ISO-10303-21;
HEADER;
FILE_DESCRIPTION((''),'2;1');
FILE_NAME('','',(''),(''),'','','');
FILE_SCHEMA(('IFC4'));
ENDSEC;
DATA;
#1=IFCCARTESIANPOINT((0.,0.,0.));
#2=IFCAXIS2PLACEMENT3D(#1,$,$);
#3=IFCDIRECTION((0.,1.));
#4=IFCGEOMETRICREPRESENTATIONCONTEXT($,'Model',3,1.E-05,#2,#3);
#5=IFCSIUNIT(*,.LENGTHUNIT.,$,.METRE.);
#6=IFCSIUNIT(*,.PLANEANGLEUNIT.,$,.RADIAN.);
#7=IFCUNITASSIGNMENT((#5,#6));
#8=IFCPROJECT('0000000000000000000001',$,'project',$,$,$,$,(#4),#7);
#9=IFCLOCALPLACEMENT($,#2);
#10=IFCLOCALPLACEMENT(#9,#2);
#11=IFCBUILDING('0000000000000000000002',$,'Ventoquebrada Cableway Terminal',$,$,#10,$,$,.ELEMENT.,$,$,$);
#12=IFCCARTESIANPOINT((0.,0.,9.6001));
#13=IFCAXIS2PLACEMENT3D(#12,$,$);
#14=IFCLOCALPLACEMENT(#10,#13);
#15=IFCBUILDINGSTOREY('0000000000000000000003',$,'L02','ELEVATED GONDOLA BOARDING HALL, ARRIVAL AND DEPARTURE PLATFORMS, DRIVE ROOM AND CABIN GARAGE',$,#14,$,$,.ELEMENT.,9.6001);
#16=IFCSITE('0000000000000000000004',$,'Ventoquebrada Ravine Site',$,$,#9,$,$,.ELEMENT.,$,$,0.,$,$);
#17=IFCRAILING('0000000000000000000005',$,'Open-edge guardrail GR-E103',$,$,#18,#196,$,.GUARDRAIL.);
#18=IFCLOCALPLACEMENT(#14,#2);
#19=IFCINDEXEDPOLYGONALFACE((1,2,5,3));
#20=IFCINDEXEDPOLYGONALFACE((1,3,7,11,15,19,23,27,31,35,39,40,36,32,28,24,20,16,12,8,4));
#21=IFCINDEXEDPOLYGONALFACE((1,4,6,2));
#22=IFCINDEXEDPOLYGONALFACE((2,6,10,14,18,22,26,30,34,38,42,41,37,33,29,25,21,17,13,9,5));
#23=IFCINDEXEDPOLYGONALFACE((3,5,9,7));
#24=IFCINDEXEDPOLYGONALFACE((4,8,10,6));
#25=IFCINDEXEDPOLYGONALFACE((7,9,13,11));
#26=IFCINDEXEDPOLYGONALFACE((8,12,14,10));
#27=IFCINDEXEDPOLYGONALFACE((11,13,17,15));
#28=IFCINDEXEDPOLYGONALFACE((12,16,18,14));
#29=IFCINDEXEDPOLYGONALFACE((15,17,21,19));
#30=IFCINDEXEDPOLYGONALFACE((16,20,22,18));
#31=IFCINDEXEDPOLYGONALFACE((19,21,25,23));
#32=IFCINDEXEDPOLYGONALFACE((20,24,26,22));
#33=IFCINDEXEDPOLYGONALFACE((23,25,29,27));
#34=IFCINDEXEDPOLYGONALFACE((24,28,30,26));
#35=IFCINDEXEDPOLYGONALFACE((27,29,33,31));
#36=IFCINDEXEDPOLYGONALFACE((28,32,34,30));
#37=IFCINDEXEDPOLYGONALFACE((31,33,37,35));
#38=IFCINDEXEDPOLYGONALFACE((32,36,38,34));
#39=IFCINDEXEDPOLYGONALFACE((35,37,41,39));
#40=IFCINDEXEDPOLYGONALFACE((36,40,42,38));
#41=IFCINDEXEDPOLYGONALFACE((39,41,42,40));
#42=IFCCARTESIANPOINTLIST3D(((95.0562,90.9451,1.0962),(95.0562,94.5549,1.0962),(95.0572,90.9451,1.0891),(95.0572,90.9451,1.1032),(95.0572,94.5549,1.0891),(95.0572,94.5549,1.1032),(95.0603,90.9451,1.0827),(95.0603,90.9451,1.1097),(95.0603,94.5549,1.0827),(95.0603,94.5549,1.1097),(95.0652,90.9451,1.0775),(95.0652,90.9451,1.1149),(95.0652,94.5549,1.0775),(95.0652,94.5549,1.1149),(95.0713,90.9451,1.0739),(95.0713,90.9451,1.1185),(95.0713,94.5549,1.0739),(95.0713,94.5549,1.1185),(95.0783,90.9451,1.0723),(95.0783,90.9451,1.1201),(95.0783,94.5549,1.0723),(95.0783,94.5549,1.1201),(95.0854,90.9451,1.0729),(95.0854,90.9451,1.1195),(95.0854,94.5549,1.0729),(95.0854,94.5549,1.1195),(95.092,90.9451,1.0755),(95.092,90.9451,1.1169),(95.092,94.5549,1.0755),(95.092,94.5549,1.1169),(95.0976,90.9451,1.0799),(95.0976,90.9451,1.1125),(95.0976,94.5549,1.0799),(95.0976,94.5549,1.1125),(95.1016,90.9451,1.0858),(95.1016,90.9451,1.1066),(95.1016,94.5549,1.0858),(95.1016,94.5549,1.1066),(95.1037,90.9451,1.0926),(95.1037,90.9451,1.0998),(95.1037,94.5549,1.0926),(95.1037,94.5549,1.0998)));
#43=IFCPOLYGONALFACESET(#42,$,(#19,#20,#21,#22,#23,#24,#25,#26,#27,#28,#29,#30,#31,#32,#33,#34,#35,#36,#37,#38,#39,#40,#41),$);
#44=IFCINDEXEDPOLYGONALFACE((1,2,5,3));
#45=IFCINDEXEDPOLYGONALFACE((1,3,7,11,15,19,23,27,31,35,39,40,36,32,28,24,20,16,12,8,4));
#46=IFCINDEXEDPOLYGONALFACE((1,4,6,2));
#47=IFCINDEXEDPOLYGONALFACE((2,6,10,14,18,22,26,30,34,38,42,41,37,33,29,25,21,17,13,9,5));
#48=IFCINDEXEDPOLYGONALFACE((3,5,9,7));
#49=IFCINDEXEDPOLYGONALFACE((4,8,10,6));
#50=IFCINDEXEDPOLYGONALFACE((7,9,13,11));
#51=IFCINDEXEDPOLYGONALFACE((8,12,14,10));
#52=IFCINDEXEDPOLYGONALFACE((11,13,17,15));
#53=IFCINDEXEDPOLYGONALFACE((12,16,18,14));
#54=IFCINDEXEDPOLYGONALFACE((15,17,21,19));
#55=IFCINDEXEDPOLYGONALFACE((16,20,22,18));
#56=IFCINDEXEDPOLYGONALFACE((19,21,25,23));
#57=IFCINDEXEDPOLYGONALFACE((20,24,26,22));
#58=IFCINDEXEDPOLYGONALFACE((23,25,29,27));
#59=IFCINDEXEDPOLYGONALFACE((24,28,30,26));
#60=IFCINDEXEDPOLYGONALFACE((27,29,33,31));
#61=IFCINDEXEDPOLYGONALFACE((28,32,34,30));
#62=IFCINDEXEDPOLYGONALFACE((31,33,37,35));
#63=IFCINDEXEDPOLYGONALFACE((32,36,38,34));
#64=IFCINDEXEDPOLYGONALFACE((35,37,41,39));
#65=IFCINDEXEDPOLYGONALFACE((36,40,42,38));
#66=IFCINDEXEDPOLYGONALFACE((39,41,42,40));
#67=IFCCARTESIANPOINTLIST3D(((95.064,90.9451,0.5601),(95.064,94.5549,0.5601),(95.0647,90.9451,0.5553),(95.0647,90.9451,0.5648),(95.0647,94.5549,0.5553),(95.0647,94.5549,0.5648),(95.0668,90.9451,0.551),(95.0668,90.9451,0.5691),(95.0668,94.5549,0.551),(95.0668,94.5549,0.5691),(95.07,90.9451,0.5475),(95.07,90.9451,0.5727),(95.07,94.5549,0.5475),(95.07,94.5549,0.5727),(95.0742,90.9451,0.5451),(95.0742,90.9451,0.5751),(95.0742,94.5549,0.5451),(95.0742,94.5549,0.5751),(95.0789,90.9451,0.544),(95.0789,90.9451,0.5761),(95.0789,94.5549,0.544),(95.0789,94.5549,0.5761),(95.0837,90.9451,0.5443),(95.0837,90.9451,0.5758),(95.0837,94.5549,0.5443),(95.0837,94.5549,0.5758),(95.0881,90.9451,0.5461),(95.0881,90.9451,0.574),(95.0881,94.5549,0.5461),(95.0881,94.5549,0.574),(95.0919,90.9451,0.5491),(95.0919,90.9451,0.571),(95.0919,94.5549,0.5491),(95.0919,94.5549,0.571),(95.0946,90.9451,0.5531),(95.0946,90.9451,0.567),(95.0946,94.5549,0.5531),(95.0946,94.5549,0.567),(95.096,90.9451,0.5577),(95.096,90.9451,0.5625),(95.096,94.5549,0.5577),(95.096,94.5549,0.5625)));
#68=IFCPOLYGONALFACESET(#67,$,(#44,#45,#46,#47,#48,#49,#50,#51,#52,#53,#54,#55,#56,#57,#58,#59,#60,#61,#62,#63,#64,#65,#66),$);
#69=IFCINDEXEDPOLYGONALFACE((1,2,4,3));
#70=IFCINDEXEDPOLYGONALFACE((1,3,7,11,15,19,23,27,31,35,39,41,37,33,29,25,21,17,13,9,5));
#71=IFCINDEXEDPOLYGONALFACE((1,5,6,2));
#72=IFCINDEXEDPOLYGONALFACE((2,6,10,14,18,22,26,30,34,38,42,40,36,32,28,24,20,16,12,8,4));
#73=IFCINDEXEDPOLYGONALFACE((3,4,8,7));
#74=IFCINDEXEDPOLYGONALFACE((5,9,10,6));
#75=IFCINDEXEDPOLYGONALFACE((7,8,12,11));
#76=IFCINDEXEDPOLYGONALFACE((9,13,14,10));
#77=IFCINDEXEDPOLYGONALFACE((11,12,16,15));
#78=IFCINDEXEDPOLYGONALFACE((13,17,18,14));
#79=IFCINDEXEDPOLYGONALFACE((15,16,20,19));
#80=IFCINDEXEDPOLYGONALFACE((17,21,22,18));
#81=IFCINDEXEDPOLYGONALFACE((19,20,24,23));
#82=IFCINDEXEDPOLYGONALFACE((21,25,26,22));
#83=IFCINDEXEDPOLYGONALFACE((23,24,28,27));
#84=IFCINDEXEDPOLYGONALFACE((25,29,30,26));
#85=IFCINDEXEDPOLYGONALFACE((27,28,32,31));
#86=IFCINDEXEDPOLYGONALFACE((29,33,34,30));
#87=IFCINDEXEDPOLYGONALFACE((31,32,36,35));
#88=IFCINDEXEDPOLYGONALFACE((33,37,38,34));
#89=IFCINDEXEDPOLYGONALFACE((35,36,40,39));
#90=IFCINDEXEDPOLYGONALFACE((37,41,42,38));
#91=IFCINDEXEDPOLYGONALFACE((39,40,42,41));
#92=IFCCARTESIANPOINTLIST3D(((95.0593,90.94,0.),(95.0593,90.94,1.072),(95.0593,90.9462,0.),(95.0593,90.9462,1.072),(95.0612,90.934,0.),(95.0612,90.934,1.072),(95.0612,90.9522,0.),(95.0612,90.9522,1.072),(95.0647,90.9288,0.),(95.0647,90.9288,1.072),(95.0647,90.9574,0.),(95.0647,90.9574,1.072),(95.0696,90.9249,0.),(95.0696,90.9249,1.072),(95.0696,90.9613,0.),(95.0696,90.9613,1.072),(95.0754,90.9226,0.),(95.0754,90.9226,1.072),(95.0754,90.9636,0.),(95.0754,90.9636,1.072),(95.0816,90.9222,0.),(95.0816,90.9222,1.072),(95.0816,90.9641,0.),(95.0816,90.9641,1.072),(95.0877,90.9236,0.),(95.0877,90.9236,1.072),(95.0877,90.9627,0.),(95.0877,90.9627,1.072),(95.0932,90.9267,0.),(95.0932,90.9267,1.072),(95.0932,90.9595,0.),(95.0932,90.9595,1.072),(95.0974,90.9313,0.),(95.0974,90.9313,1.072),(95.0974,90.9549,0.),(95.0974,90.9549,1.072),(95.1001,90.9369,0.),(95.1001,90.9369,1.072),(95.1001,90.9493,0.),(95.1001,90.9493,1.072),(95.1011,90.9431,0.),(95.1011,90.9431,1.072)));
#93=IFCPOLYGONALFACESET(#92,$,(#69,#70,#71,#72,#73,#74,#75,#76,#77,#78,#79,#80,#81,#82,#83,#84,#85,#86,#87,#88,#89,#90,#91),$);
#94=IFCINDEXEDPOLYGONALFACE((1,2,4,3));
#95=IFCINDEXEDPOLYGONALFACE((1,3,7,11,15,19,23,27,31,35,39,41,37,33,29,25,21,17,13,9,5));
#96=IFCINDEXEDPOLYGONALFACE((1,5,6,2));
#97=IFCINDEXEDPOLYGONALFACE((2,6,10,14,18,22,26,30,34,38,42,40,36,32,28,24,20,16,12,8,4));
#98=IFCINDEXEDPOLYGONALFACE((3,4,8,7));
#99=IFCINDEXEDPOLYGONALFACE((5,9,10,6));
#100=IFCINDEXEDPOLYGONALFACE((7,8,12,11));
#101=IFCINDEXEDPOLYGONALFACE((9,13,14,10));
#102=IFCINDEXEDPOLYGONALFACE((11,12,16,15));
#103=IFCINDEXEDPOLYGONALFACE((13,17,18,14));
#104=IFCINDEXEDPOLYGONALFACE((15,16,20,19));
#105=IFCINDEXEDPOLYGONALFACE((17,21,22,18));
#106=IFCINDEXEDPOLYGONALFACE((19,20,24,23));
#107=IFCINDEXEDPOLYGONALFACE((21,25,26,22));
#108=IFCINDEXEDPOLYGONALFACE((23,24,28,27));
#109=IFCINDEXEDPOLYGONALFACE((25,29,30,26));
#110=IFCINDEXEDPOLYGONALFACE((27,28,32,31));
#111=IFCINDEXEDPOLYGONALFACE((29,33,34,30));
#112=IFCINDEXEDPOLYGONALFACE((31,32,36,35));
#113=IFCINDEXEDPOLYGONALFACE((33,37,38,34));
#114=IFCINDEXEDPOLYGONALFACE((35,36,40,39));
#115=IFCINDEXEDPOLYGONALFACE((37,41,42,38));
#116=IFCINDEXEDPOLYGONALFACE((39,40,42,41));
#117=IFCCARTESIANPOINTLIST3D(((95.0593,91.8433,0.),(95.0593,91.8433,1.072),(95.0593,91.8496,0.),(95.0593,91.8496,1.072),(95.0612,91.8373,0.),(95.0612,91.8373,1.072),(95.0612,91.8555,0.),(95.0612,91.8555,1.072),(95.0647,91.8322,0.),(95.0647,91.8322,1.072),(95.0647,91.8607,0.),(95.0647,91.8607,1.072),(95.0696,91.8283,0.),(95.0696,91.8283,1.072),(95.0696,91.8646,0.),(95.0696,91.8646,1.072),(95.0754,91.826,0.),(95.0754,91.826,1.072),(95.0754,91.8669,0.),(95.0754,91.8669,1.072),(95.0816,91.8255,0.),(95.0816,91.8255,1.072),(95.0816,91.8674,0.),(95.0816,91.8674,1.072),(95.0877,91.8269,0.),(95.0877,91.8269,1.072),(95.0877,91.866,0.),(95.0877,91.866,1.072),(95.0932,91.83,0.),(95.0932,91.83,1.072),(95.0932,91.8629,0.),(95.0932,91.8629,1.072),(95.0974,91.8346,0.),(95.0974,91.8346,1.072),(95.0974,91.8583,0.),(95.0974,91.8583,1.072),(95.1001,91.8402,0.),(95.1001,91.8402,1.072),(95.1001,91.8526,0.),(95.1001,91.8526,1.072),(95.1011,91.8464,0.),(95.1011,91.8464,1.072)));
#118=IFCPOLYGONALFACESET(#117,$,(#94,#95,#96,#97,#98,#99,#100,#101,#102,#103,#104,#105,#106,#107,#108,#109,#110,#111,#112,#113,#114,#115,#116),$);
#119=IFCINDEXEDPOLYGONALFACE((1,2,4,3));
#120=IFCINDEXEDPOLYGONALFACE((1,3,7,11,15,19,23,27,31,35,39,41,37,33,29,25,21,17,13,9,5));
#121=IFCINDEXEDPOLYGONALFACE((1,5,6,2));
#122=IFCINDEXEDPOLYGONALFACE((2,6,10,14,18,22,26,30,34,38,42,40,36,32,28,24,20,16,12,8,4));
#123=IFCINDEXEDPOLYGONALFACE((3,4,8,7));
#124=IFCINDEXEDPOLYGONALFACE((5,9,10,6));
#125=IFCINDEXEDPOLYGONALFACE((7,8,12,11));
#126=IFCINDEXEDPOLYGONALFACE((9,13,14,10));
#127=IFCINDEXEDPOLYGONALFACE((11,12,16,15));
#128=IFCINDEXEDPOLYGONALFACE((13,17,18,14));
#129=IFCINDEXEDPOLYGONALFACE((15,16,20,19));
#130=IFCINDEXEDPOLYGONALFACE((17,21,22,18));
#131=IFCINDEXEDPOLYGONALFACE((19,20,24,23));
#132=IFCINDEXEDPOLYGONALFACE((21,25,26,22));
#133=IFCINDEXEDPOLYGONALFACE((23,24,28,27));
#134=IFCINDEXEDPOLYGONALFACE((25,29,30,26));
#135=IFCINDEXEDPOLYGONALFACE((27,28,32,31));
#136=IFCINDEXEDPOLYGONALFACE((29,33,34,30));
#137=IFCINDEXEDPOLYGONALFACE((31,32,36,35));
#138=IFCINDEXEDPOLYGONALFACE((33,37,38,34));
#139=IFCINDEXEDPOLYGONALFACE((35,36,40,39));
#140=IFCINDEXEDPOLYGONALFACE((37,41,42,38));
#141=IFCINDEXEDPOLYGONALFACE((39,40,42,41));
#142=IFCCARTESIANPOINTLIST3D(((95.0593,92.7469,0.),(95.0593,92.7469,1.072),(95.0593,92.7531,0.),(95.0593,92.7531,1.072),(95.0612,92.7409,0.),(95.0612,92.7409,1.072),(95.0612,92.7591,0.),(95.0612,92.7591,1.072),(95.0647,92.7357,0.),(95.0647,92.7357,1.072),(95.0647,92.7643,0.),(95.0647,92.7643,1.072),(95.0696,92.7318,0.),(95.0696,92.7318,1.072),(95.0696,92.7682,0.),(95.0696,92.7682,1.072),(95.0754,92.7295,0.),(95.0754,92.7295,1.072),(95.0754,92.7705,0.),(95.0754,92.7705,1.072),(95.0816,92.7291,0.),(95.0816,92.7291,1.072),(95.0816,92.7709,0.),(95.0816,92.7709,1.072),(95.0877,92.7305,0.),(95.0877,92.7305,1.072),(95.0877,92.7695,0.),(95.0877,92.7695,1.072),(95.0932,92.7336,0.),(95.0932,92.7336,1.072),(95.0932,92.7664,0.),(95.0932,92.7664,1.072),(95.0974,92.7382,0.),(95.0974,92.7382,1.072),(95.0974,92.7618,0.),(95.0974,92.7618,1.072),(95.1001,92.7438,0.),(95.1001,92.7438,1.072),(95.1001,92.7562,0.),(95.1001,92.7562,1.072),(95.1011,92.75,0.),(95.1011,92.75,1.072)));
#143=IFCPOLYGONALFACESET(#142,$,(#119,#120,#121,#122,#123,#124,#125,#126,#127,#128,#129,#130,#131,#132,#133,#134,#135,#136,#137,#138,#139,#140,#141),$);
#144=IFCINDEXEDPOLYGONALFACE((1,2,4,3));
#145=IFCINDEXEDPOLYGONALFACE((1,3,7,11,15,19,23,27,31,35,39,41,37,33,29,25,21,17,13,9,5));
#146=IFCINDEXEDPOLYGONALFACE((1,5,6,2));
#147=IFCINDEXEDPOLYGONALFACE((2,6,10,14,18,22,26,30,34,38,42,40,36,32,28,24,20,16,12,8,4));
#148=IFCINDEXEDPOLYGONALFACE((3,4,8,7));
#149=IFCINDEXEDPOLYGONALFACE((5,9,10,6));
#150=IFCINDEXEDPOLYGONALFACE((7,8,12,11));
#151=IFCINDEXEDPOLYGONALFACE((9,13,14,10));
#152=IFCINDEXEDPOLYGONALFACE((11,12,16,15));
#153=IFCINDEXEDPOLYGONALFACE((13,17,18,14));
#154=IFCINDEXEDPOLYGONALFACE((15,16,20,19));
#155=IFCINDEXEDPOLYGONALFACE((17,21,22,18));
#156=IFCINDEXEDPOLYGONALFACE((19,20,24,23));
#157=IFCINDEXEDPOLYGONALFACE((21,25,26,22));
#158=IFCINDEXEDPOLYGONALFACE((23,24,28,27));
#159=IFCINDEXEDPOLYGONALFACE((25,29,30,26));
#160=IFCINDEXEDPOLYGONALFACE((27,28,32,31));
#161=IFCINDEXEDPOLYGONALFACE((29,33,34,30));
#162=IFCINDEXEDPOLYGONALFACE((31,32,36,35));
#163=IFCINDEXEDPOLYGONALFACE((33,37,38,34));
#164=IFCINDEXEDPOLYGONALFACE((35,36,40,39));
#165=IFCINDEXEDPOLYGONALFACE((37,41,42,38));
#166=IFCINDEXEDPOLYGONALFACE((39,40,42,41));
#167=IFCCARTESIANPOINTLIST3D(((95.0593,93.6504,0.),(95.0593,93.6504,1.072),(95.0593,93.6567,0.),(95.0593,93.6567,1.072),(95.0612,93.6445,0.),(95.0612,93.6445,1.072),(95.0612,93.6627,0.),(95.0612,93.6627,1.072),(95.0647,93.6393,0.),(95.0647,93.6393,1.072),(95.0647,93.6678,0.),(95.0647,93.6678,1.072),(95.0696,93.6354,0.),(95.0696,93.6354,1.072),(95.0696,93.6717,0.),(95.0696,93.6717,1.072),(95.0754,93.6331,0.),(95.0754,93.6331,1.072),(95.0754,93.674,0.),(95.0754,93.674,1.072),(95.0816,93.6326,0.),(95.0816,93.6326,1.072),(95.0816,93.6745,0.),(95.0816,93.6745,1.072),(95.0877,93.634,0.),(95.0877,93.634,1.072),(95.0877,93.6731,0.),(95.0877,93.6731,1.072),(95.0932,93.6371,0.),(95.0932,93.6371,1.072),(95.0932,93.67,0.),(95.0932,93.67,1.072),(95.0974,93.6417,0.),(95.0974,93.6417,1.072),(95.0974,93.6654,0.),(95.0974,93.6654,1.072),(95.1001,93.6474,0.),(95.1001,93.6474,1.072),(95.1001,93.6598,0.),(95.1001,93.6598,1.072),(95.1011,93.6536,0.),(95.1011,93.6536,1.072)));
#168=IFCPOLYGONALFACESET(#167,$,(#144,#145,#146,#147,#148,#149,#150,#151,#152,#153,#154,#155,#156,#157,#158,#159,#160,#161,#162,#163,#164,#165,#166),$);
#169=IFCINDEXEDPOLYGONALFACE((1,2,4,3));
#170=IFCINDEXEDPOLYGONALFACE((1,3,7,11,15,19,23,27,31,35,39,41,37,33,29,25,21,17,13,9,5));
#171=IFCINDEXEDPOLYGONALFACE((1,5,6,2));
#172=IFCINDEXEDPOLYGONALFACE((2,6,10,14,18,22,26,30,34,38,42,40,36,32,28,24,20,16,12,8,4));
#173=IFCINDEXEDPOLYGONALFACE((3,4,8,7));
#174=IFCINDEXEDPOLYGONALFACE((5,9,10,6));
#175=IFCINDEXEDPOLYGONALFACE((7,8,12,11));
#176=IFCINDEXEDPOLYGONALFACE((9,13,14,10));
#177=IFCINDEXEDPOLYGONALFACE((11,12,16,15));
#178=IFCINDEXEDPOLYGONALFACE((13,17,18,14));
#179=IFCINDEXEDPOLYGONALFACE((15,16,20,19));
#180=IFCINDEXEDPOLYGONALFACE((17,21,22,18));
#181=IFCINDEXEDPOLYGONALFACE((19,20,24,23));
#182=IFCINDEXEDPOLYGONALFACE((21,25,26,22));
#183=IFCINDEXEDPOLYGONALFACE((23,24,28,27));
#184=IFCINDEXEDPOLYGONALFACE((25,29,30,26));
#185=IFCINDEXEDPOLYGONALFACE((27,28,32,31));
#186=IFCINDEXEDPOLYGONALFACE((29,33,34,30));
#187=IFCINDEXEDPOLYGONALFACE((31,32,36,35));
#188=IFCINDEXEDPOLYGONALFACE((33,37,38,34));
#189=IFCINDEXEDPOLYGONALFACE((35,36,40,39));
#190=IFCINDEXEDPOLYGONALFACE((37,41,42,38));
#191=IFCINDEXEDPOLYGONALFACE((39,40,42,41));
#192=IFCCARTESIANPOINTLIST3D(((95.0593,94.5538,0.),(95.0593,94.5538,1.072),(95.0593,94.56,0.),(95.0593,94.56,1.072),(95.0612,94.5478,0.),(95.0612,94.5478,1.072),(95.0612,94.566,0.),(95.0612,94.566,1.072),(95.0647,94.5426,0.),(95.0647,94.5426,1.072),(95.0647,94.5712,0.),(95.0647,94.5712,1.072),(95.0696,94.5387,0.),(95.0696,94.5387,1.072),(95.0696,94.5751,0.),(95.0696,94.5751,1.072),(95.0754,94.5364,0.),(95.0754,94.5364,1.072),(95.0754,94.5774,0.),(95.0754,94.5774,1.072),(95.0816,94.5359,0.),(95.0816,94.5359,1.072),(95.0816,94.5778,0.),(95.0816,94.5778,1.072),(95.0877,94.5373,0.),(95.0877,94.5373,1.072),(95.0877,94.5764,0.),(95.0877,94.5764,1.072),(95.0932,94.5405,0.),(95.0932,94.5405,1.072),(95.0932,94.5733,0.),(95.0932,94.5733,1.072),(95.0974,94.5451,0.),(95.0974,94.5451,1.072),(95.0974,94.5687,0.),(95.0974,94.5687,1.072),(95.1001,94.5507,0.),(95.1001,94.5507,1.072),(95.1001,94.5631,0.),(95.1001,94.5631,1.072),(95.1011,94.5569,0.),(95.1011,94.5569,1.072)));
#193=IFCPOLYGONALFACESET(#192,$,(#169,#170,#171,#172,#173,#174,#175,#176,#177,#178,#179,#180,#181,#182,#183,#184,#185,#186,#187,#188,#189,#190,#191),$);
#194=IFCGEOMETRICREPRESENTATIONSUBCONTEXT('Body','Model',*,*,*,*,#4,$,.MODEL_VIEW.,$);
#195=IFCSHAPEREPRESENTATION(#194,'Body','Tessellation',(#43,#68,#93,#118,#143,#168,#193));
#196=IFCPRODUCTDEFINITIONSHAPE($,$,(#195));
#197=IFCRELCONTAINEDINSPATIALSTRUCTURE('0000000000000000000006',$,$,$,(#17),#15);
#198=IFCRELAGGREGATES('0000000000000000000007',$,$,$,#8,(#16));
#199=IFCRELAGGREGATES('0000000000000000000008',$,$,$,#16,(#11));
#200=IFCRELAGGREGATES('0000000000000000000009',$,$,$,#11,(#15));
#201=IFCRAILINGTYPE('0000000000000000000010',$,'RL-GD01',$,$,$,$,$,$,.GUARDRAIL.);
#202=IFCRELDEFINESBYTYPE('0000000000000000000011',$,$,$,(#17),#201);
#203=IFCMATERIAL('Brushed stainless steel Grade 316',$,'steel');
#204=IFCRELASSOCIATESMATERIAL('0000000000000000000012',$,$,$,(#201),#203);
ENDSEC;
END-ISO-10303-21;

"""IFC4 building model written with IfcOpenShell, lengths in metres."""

from ifc_helpers import new_model, si_unit, direction, frame, origin, origin_2d, place, context, subcontext, project, spatial, circle, extrude, material, type_object, element, save


model = new_model("IFC4")

# Units and contexts
model_context = context("Model", 3, precision=1e-05, world=origin(), true_north=direction((0.0, 1.0)))
body_context = subcontext(model_context, "Body", "Model", "MODEL_VIEW")
ifc_project = project(units=[si_unit("LENGTHUNIT", "METRE"), si_unit("PLANEANGLEUNIT", "RADIAN")], contexts=[model_context])

# Site, building, storey
site_placement = place(None, origin())
site = spatial("IfcSite", under=ifc_project, at=site_placement, Name="Ventoquebrada Ravine Site", CompositionType="ELEMENT", RefElevation=0.0)
building_placement = place(site_placement, origin())
building = spatial("IfcBuilding", under=site, at=building_placement, Name="Ventoquebrada Cableway Terminal", CompositionType="ELEMENT")
storey_placement = place(building_placement, frame((0.0, 0.0, 9.6001)))
storey = spatial("IfcBuildingStorey", under=building, at=storey_placement, Name="L02", Description="ELEVATED GONDOLA BOARDING HALL, ARRIVAL AND DEPARTURE PLATFORMS, DRIVE ROOM AND CABIN GARAGE", CompositionType="ELEMENT", Elevation=9.6001)

# Railing
ifc_material_1 = material(Name="Brushed stainless steel Grade 316", Category="steel")
railing_type_1 = type_object("IfcRailingType", Name="RL-GD01", PredefinedType="GUARDRAIL", material=ifc_material_1)
railing_placement = place(storey_placement, frame((95.0801, 90.9431, 0.0)))
element("IfcRailing", 1, at=railing_placement, inside=storey, type_object=railing_type_1, Name="Open-edge guardrail GR-E103", PredefinedType="GUARDRAIL", context=body_context, shape_type="SweptSolid", body=[
    extrude(circle(Radius=0.0239, at=origin_2d()), frame((0.0, 0.002, 1.0962), z_axis=(0.0, 1.0, 0.0), x_axis=(-1.0, 0.0, 0.0)), (0.0, 0.0, 1.0), 3.6099),
    extrude(circle(Radius=0.0161, at=origin_2d()), frame((0.0, 0.002, 0.5601), z_axis=(0.0, 1.0, 0.0), x_axis=(-1.0, 0.0, 0.0)), (0.0, 0.0, 1.0), 3.6099),
    extrude(circle(Radius=0.021, at=origin_2d()), origin(), (0.0, 0.0, 1.0), 1.072),
    extrude(circle(Radius=0.021, at=origin_2d()), frame((0.0, 0.9033, 0.0)), (0.0, 0.0, 1.0), 1.072),
    extrude(circle(Radius=0.021, at=origin_2d()), frame((0.0, 1.8069, 0.0)), (0.0, 0.0, 1.0), 1.072),
    extrude(circle(Radius=0.021, at=origin_2d()), frame((0.0, 2.7104, 0.0)), (0.0, 0.0, 1.0), 1.072),
    extrude(circle(Radius=0.021, at=origin_2d()), frame((0.0, 3.6138, 0.0)), (0.0, 0.0, 1.0), 1.072),
])

save(model, "model.ifc")
